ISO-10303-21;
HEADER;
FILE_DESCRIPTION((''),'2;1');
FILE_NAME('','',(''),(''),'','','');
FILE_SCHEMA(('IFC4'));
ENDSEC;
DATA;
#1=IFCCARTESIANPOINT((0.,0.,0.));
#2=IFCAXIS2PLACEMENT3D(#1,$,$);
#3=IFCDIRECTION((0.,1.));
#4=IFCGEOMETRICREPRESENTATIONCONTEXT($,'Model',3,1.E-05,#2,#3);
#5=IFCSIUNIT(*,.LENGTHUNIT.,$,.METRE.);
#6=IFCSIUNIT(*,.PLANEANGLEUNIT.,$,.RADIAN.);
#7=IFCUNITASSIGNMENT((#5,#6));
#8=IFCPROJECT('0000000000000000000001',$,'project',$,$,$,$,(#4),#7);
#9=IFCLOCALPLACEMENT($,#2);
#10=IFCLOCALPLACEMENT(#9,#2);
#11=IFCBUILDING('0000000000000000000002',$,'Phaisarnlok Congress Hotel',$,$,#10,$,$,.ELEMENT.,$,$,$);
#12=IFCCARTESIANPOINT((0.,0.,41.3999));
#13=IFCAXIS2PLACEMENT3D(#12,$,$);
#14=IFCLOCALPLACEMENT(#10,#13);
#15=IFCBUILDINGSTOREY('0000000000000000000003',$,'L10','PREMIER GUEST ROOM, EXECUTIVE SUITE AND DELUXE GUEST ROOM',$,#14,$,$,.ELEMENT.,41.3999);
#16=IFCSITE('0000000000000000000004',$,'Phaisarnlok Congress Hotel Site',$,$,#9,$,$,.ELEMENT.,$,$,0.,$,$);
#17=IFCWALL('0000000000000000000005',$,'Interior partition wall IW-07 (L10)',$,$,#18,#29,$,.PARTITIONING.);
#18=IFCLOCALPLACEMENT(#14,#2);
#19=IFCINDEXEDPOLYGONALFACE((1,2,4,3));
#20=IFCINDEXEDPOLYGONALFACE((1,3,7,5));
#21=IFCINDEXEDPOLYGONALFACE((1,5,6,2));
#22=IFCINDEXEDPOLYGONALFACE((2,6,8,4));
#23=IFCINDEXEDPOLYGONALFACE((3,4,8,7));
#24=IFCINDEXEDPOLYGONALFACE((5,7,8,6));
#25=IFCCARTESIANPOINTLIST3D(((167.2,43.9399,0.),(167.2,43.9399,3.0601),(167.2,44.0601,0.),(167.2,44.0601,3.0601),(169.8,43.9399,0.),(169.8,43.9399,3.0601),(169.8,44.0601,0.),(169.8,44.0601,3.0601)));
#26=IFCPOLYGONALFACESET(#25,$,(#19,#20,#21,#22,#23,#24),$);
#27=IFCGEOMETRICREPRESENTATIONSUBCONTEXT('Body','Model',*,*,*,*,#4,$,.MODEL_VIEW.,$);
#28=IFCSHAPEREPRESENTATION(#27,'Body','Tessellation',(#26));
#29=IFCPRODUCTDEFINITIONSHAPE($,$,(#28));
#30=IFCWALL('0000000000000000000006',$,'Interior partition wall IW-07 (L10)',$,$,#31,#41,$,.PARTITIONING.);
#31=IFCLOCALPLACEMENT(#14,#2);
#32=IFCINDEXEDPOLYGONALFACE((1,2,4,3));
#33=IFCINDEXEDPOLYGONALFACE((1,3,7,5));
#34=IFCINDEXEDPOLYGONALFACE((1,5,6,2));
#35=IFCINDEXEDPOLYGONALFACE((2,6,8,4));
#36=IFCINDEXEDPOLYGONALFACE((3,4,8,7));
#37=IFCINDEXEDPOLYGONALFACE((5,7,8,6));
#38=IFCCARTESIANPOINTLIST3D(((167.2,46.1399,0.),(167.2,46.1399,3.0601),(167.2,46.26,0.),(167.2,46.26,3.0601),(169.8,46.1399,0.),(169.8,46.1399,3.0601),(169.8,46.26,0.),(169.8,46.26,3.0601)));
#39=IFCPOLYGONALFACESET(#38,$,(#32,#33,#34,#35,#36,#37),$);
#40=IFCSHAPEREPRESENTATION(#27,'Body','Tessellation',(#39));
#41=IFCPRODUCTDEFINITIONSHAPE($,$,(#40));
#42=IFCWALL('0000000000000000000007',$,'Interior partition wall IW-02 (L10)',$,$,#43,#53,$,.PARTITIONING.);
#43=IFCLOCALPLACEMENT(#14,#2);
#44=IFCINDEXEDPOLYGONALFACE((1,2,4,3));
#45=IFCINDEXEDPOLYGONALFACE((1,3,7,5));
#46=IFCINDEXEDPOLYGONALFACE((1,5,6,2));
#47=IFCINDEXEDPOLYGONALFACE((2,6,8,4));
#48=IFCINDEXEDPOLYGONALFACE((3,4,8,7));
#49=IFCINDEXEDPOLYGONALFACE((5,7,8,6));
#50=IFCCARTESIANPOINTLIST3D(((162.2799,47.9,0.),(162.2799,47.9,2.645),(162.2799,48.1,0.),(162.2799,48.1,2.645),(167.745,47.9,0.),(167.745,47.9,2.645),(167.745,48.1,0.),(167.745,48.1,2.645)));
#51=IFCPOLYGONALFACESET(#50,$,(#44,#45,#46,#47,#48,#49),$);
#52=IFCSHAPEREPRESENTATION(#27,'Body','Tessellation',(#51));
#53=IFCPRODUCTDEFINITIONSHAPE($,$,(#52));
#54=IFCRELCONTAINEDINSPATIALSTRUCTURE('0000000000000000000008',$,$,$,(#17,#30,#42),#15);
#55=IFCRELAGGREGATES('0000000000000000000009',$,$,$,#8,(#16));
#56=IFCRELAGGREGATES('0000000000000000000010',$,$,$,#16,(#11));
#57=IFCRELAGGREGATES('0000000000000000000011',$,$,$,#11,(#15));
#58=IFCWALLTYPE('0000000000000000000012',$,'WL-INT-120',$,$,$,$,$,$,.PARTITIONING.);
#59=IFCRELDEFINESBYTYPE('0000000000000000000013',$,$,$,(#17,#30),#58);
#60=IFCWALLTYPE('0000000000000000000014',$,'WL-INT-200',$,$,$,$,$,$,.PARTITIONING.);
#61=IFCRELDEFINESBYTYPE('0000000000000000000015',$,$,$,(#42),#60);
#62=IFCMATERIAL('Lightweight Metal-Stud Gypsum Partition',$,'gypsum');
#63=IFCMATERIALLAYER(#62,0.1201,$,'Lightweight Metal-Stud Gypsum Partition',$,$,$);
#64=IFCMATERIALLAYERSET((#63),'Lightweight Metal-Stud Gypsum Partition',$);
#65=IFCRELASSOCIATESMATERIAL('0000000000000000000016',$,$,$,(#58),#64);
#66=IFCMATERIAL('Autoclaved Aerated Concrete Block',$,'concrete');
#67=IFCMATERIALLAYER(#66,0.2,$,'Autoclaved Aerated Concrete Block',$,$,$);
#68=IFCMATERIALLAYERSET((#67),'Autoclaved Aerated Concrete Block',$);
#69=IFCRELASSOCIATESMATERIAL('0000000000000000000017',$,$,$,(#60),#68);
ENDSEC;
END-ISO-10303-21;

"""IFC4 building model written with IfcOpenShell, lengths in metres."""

from ifc_helpers import new_model, si_unit, direction, frame, frame_2d, origin, place, context, subcontext, project, spatial, rectangle, extrude, material, layer, layer_set, type_object, element, save


model = new_model("IFC4")

# Units and contexts
model_context = context("Model", 3, precision=1e-05, world=origin(), true_north=direction((0.0, 1.0)))
body_context = subcontext(model_context, "Body", "Model", "MODEL_VIEW")
ifc_project = project(units=[si_unit("LENGTHUNIT", "METRE"), si_unit("PLANEANGLEUNIT", "RADIAN")], contexts=[model_context])

# Site, building, storey
site_placement = place(None, origin())
site = spatial("IfcSite", under=ifc_project, at=site_placement, Name="Phaisarnlok Congress Hotel Site", CompositionType="ELEMENT", RefElevation=0.0)
building_placement = place(site_placement, origin())
building = spatial("IfcBuilding", under=site, at=building_placement, Name="Phaisarnlok Congress Hotel", CompositionType="ELEMENT")
storey_placement = place(building_placement, frame((0.0, 0.0, 41.3999)))
storey = spatial("IfcBuildingStorey", under=building, at=storey_placement, Name="L10", Description="PREMIER GUEST ROOM, EXECUTIVE SUITE AND DELUXE GUEST ROOM", CompositionType="ELEMENT", Elevation=41.3999)

# Shared definitions
ifc_material_1 = material(Name="Lightweight Metal-Stud Gypsum Partition", Category="gypsum")
ifc_layer_1 = layer(ifc_material_1, 0.1201, Name="Lightweight Metal-Stud Gypsum Partition")
ifc_layer_set_1 = layer_set([ifc_layer_1], Name="Lightweight Metal-Stud Gypsum Partition")
wall_type_1 = type_object("IfcWallType", Name="WL-INT-120", PredefinedType="PARTITIONING", material=ifc_layer_set_1)

# Walls
for number, where, z_axis, x_axis, name in (
    (1, (167.2, 44.0, 0.0), (0.0, 0.0, 1.0), (1.0, 0.0, 0.0), "Interior partition wall IW-07 (L10)"),
    (2, (167.2, 46.2, 0.0), (0.0, 0.0, 1.0), (1.0, 0.0, 0.0), "Interior partition wall IW-07 (L10)"),
):
    element("IfcWall", number, at=place(storey_placement, frame(where, z_axis=z_axis, x_axis=x_axis)), inside=storey, type_object=wall_type_1, Name=name, PredefinedType="PARTITIONING", context=body_context, shape_type="SweptSolid", body=[
        extrude(rectangle(XDim=2.6001, YDim=0.1201, at=frame_2d((1.3, 0.0))), origin(), (0.0, 0.0, 1.0), 3.0601),
    ])
ifc_material_2 = material(Name="Autoclaved Aerated Concrete Block", Category="concrete")
ifc_layer_2 = layer(ifc_material_2, 0.2, Name="Autoclaved Aerated Concrete Block")
ifc_layer_set_2 = layer_set([ifc_layer_2], Name="Autoclaved Aerated Concrete Block")
wall_type_2 = type_object("IfcWallType", Name="WL-INT-200", PredefinedType="PARTITIONING", material=ifc_layer_set_2)
wall_1_placement = place(storey_placement, frame((162.28, 48.0, 0.0), z_axis=(0.0, 0.0, 1.0), x_axis=(1.0, 0.0, 0.0)))
element("IfcWall", 3, at=wall_1_placement, inside=storey, type_object=wall_type_2, Name="Interior partition wall IW-02 (L10)", PredefinedType="PARTITIONING", context=body_context, shape_type="SweptSolid", body=[
    extrude(rectangle(XDim=5.4651, YDim=0.2, at=frame_2d((2.7324, 0.0))), origin(), (0.0, 0.0, 1.0), 2.645),
])

save(model, "model.ifc")
